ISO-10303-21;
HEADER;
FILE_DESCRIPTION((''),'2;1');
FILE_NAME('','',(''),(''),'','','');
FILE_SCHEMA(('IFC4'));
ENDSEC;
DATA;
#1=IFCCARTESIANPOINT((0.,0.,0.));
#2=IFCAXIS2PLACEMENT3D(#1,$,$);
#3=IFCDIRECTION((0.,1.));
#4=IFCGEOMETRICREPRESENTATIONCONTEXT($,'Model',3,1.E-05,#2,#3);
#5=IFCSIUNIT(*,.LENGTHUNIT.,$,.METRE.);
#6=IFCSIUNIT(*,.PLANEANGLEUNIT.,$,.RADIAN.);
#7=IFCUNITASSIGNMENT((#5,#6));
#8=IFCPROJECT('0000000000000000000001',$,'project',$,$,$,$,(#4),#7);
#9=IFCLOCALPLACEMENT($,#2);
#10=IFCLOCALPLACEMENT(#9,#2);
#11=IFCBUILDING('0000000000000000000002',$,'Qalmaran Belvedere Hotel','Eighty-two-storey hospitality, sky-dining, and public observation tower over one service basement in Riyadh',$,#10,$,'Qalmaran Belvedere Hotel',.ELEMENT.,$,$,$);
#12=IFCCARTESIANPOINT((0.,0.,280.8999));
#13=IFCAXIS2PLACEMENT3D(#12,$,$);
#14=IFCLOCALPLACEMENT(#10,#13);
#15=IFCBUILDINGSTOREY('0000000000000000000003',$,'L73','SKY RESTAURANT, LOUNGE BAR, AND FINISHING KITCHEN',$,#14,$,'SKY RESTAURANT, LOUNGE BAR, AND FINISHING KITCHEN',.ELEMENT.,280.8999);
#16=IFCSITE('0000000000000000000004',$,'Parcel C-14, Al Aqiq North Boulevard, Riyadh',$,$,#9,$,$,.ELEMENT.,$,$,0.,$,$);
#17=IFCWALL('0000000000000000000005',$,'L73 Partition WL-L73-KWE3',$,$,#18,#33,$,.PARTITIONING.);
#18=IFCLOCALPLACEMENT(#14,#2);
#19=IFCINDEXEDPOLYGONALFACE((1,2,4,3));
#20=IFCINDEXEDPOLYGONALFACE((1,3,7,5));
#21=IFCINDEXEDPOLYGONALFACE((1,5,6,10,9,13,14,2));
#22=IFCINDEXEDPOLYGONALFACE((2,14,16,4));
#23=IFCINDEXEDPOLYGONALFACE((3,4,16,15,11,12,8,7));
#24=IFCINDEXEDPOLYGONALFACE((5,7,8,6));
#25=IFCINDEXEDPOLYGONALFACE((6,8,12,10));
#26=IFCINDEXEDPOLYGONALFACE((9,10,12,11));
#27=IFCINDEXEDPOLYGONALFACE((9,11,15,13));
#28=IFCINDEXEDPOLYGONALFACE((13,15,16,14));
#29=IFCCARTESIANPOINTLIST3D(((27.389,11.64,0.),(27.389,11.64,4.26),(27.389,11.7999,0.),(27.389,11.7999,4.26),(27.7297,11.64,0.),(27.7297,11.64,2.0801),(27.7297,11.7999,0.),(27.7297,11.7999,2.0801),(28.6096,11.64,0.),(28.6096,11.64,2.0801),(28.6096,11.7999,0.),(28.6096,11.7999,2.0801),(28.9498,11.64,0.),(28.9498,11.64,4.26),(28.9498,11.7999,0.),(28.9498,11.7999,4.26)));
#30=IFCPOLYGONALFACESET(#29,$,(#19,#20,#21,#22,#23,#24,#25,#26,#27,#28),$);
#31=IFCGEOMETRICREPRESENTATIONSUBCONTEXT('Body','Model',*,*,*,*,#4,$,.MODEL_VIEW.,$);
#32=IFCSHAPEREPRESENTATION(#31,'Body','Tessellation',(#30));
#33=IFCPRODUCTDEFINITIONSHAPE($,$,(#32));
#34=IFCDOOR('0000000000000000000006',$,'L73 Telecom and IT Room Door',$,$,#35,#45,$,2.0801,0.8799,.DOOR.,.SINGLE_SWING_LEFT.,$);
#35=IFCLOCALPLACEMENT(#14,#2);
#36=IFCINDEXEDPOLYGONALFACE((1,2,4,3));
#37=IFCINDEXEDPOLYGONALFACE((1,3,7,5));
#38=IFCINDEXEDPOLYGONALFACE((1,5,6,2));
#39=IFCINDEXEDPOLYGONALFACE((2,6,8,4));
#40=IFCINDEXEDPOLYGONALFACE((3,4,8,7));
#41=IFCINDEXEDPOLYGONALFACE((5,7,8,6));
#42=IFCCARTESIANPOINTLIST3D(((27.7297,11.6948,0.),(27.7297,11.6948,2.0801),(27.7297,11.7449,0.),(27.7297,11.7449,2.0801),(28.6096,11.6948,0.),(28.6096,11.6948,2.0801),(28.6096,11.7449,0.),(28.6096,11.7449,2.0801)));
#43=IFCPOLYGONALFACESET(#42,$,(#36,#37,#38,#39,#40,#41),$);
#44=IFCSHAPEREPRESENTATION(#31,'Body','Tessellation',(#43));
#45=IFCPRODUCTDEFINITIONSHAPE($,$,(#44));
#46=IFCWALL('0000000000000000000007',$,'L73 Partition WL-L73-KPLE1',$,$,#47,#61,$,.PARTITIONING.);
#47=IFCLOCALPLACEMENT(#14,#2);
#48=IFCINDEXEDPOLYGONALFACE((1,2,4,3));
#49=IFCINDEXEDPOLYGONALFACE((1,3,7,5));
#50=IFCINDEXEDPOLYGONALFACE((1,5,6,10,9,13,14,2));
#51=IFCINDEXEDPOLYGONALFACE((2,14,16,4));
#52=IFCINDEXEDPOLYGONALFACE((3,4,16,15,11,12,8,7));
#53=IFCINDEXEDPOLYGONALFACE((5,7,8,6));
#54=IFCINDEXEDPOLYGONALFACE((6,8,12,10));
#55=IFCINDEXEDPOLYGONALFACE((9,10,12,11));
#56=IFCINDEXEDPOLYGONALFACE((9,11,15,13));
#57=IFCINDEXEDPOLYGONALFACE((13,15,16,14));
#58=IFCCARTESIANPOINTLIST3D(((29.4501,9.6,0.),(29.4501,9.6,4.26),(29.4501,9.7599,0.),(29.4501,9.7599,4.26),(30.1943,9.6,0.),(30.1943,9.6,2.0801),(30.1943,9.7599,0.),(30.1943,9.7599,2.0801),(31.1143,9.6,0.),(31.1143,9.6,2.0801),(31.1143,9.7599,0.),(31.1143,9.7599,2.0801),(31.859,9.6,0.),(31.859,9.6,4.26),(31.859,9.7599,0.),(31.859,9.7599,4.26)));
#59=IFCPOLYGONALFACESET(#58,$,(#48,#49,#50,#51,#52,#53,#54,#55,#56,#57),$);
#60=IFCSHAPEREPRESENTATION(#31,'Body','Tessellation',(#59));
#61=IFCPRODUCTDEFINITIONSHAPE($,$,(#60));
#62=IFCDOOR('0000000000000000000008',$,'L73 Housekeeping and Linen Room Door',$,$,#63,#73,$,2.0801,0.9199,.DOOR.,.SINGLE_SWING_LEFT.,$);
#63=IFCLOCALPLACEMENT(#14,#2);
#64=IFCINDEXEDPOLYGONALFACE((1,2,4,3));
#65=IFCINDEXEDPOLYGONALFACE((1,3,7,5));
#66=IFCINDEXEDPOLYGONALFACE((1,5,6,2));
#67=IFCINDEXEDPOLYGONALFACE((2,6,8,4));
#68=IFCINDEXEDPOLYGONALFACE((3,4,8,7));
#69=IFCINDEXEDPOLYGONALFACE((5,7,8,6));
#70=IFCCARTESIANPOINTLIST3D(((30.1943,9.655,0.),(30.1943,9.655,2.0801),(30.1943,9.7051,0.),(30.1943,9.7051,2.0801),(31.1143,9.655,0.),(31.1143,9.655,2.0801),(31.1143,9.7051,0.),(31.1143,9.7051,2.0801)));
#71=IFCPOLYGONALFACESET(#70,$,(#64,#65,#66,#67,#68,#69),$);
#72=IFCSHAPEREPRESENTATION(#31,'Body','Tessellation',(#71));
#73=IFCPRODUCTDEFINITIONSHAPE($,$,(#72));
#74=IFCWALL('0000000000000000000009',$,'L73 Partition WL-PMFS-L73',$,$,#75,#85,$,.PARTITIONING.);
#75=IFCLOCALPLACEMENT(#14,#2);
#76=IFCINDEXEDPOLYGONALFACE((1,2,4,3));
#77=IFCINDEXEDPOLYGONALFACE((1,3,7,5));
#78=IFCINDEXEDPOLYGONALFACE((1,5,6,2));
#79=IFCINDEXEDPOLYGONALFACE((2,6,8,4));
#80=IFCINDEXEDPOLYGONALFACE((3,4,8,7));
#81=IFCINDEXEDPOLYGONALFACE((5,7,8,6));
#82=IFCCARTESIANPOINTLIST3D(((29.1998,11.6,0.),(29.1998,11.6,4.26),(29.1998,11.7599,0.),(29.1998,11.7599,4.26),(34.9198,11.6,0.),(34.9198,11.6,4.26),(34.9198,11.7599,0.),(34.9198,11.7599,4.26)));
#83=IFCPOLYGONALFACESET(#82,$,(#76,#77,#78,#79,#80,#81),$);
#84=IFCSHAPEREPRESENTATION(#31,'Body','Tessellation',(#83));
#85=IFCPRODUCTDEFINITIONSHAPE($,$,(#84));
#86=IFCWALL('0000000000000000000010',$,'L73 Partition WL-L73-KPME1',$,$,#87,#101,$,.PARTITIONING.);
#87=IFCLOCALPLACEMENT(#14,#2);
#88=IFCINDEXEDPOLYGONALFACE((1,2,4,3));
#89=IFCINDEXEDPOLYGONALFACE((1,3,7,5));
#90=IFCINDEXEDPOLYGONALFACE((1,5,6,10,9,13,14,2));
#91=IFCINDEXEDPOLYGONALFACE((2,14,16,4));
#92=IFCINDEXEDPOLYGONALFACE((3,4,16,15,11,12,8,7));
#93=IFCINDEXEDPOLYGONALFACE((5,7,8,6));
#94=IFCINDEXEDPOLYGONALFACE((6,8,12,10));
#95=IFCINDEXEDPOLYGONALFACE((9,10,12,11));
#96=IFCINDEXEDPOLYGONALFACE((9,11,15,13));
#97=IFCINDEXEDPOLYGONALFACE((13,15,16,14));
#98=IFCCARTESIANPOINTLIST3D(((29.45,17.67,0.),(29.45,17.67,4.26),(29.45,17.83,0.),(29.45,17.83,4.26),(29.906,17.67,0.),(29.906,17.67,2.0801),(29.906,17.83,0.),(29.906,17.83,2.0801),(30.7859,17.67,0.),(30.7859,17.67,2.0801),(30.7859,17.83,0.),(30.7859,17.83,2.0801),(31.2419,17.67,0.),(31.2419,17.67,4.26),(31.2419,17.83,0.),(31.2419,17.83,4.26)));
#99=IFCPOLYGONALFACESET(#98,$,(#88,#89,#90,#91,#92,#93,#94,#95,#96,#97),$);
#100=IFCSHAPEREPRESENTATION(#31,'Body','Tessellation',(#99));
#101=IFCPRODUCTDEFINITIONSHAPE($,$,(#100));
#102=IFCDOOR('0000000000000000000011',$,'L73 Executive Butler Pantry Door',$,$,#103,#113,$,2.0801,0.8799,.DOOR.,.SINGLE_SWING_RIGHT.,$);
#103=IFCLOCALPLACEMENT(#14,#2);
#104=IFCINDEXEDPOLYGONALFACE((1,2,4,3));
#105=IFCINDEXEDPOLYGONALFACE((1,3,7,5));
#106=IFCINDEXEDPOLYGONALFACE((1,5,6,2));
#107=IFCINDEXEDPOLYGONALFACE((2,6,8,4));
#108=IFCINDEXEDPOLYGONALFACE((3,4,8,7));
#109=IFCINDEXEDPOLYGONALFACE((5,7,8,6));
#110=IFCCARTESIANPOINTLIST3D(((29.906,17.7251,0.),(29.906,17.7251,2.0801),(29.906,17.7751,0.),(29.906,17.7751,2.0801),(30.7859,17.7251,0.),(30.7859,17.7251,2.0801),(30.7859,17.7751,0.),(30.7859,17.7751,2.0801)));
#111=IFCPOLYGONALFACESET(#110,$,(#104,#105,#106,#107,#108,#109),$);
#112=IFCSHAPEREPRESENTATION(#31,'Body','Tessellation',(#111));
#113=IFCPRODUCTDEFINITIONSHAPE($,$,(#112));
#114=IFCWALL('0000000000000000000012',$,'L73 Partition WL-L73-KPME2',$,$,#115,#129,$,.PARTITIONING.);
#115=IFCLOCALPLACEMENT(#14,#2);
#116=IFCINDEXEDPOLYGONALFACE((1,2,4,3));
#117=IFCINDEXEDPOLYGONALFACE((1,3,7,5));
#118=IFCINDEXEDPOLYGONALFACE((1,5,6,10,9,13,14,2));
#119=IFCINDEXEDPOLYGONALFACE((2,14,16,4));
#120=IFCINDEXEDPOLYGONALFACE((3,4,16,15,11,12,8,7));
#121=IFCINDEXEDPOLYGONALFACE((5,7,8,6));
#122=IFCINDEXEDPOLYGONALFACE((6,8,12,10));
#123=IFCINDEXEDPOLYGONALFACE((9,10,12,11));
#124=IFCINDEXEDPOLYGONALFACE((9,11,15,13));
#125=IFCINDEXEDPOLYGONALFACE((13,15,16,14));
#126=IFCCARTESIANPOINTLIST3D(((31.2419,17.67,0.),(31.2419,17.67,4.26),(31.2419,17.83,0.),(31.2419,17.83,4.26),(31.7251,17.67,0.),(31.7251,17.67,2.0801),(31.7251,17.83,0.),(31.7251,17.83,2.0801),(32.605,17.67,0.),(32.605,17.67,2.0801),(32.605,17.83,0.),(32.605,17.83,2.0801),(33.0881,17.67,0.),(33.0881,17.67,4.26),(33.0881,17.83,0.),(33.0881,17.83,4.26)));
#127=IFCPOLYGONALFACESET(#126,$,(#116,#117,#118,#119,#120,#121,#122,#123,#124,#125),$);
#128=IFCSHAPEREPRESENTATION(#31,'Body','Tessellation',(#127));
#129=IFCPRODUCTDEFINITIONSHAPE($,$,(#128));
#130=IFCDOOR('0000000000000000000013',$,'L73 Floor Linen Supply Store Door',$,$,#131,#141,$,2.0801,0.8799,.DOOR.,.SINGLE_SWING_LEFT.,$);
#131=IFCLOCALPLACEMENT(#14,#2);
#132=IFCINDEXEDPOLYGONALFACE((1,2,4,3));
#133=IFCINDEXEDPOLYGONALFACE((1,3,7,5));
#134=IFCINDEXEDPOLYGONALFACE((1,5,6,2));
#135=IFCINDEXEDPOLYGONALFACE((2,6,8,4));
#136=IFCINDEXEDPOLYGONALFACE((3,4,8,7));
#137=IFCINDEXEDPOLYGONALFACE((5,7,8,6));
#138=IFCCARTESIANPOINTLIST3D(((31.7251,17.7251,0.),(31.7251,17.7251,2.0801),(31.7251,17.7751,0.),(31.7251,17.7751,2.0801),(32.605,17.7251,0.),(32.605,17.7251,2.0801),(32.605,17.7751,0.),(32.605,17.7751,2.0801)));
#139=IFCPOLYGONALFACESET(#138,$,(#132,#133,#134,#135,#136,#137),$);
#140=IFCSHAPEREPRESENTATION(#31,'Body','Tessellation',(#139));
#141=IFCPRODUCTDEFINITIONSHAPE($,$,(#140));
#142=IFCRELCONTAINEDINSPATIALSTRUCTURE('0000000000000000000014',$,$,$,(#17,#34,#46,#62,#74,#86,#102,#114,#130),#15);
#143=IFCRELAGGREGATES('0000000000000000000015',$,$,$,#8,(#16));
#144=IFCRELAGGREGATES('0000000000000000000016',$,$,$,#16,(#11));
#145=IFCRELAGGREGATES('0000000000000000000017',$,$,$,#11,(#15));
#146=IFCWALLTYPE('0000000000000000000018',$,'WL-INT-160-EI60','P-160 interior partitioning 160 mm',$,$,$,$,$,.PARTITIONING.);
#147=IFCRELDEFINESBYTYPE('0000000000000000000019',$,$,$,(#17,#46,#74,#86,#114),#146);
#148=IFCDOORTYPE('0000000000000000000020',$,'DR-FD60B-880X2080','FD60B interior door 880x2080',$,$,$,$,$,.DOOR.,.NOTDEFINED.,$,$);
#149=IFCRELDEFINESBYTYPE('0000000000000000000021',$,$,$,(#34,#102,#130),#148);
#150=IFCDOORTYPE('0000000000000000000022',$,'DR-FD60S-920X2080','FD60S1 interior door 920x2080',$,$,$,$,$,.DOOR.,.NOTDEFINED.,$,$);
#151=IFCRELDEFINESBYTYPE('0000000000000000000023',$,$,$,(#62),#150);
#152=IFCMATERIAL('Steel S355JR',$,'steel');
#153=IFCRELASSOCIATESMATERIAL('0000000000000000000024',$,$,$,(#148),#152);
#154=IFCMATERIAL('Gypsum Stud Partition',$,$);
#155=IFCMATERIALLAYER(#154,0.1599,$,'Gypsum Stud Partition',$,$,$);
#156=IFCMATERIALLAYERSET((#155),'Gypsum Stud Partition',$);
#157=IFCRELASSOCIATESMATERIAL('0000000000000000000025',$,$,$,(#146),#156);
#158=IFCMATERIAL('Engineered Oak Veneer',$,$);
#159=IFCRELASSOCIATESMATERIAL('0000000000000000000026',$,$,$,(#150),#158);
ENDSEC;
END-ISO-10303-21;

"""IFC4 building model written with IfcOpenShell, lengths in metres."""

from ifc_helpers import new_model, si_unit, direction, frame, frame_2d, origin, place, context, subcontext, project, spatial, rectangle, extrude, material, layer, layer_set, type_object, element, fill, save


model = new_model("IFC4")

# Units and contexts
model_context = context("Model", 3, precision=1e-05, world=origin(), true_north=direction((0.0, 1.0)))
body_context = subcontext(model_context, "Body", "Model", "MODEL_VIEW")
ifc_project = project(units=[si_unit("LENGTHUNIT", "METRE"), si_unit("PLANEANGLEUNIT", "RADIAN")], contexts=[model_context])

# Site, building, storey
site_placement = place(None, origin())
site = spatial("IfcSite", under=ifc_project, at=site_placement, Name="Parcel C-14, Al Aqiq North Boulevard, Riyadh", CompositionType="ELEMENT", RefElevation=0.0)
building_placement = place(site_placement, origin())
building = spatial("IfcBuilding", under=site, at=building_placement, Name="Qalmaran Belvedere Hotel", Description="Eighty-two-storey hospitality, sky-dining, and public observation tower over one service basement in Riyadh", LongName="Qalmaran Belvedere Hotel", CompositionType="ELEMENT")
storey_placement = place(building_placement, frame((0.0, 0.0, 280.8999)))
storey = spatial("IfcBuildingStorey", under=building, at=storey_placement, Name="L73", Description="SKY RESTAURANT, LOUNGE BAR, AND FINISHING KITCHEN", LongName="SKY RESTAURANT, LOUNGE BAR, AND FINISHING KITCHEN", CompositionType="ELEMENT", Elevation=280.8999)

# Shared definitions
ifc_material_1 = material(Name="Steel S355JR", Category="steel")

# Shared definitions
ifc_material_2 = material(Name="Gypsum Stud Partition")

# Walls, openings, doors
door_type_1 = type_object("IfcDoorType", Name="DR-FD60B-880X2080", Description="FD60B interior door 880x2080", OperationType="NOTDEFINED", PredefinedType="DOOR", material=ifc_material_1)
ifc_layer_1 = layer(ifc_material_2, 0.1599, Name="Gypsum Stud Partition")
ifc_layer_set_1 = layer_set([ifc_layer_1], Name="Gypsum Stud Partition")
wall_type_1 = type_object("IfcWallType", Name="WL-INT-160-EI60", Description="P-160 interior partitioning 160 mm", PredefinedType="PARTITIONING", material=ifc_layer_set_1)
wall_1_placement = place(storey_placement, frame((27.3892, 11.72, 0.0), z_axis=(0.0, 0.0, 1.0), x_axis=(1.0, 0.0, 0.0)))
wall_1 = element("IfcWall", 1, at=wall_1_placement, inside=storey, type_object=wall_type_1, Name="L73 Partition WL-L73-KWE3", PredefinedType="PARTITIONING", context=body_context, shape_type="SweptSolid", body=[
    extrude(rectangle(XDim=1.5608, YDim=0.1599, at=frame_2d((0.7803, 0.0))), origin(), (0.0, 0.0, 1.0), 4.26),
])
opening_1_placement = place(wall_1_placement, frame((0.3406, 0.0, 0.0)))
opening_1 = element("IfcOpeningElement", 2, at=opening_1_placement, cuts=wall_1, PredefinedType="OPENING", context=body_context, shape_type="SweptSolid", body=[
    extrude(rectangle(XDim=0.8799, YDim=2.0801, at=frame_2d((0.4399, 1.04))), frame((0.0, 0.0898, 0.0), z_axis=(0.0, -1.0, 0.0), x_axis=(1.0, 0.0, 0.0)), (0.0, 0.0, 1.0), 0.1799),
])
door_1_placement = place(opening_1_placement, origin())
door_1 = element("IfcDoor", 3, at=door_1_placement, inside=storey, type_object=door_type_1, Name="L73 Telecom and IT Room Door", OperationType="SINGLE_SWING_LEFT", OverallHeight=2.0801, OverallWidth=0.8799, PredefinedType="DOOR", context=body_context, shape_type="SweptSolid", body=[
    extrude(rectangle(XDim=0.8799, YDim=2.0801, at=frame_2d((0.4399, 1.04))), frame((0.0, 0.0249, 0.0), z_axis=(0.0, -1.0, 0.0), x_axis=(1.0, 0.0, 0.0)), (0.0, 0.0, 1.0), 0.05),
])
fill(opening_1, door_1)
wall_2_placement = place(storey_placement, frame((29.45, 9.6799, 0.0), z_axis=(0.0, 0.0, 1.0), x_axis=(1.0, 0.0, 0.0)))
wall_2 = element("IfcWall", 4, at=wall_2_placement, inside=storey, type_object=wall_type_1, Name="L73 Partition WL-L73-KPLE1", PredefinedType="PARTITIONING", context=body_context, shape_type="SweptSolid", body=[
    extrude(rectangle(XDim=2.4089, YDim=0.1599, at=frame_2d((1.2046, 0.0))), origin(), (0.0, 0.0, 1.0), 4.26),
])
opening_2_placement = place(wall_2_placement, frame((1.6643, 0.0, 0.0), z_axis=(0.0, 0.0, 1.0), x_axis=(-1.0, 0.0, 0.0)))
opening_2 = element("IfcOpeningElement", 5, at=opening_2_placement, cuts=wall_2, PredefinedType="OPENING", context=body_context, shape_type="SweptSolid", body=[
    extrude(rectangle(XDim=0.9199, YDim=2.0801, at=frame_2d((0.46, 1.04))), frame((0.0, 0.0898, 0.0), z_axis=(0.0, -1.0, 0.0), x_axis=(1.0, 0.0, 0.0)), (0.0, 0.0, 1.0), 0.1799),
])
ifc_material_3 = material(Name="Engineered Oak Veneer")
door_type_2 = type_object("IfcDoorType", Name="DR-FD60S-920X2080", Description="FD60S1 interior door 920x2080", OperationType="NOTDEFINED", PredefinedType="DOOR", material=ifc_material_3)
door_2_placement = place(opening_2_placement, origin())
door_2 = element("IfcDoor", 6, at=door_2_placement, inside=storey, type_object=door_type_2, Name="L73 Housekeeping and Linen Room Door", OperationType="SINGLE_SWING_LEFT", OverallHeight=2.0801, OverallWidth=0.9199, PredefinedType="DOOR", context=body_context, shape_type="SweptSolid", body=[
    extrude(rectangle(XDim=0.9199, YDim=2.0801, at=frame_2d((0.46, 1.04))), frame((0.0, 0.0249, 0.0), z_axis=(0.0, -1.0, 0.0), x_axis=(1.0, 0.0, 0.0)), (0.0, 0.0, 1.0), 0.05),
])
fill(opening_2, door_2)

# Wall
wall_3_placement = place(storey_placement, frame((29.2, 11.6799, 0.0), z_axis=(0.0, 0.0, 1.0), x_axis=(1.0, 0.0, 0.0)))
element("IfcWall", 7, at=wall_3_placement, inside=storey, type_object=wall_type_1, Name="L73 Partition WL-PMFS-L73", PredefinedType="PARTITIONING", context=body_context, shape_type="SweptSolid", body=[
    extrude(rectangle(XDim=5.72, YDim=0.1599, at=frame_2d((2.8599, 0.0))), origin(), (0.0, 0.0, 1.0), 4.26),
])

# Walls, openings, doors
wall_4_placement = place(storey_placement, frame((29.45, 17.75, 0.0), z_axis=(0.0, 0.0, 1.0), x_axis=(1.0, 0.0, 0.0)))
wall_4 = element("IfcWall", 8, at=wall_4_placement, inside=storey, type_object=wall_type_1, Name="L73 Partition WL-L73-KPME1", PredefinedType="PARTITIONING", context=body_context, shape_type="SweptSolid", body=[
    extrude(rectangle(XDim=1.792, YDim=0.1599, at=frame_2d((0.896, 0.0))), origin(), (0.0, 0.0, 1.0), 4.26),
])
opening_3_placement = place(wall_4_placement, frame((1.3359, 0.0, 0.0), z_axis=(0.0, 0.0, 1.0), x_axis=(-1.0, 0.0, 0.0)))
opening_3 = element("IfcOpeningElement", 9, at=opening_3_placement, cuts=wall_4, PredefinedType="OPENING", context=body_context, shape_type="SweptSolid", body=[
    extrude(rectangle(XDim=0.8799, YDim=2.0801, at=frame_2d((0.4399, 1.04))), frame((0.0, 0.0898, 0.0), z_axis=(0.0, -1.0, 0.0), x_axis=(1.0, 0.0, 0.0)), (0.0, 0.0, 1.0), 0.1799),
])
door_3_placement = place(opening_3_placement, origin())
door_3 = element("IfcDoor", 10, at=door_3_placement, inside=storey, type_object=door_type_1, Name="L73 Executive Butler Pantry Door", OperationType="SINGLE_SWING_RIGHT", OverallHeight=2.0801, OverallWidth=0.8799, PredefinedType="DOOR", context=body_context, shape_type="SweptSolid", body=[
    extrude(rectangle(XDim=0.8799, YDim=2.0801, at=frame_2d((0.4399, 1.04))), frame((0.0, 0.0249, 0.0), z_axis=(0.0, -1.0, 0.0), x_axis=(1.0, 0.0, 0.0)), (0.0, 0.0, 1.0), 0.05),
])
fill(opening_3, door_3)
wall_5_placement = place(storey_placement, frame((31.2419, 17.75, 0.0), z_axis=(0.0, 0.0, 1.0), x_axis=(1.0, 0.0, 0.0)))
wall_5 = element("IfcWall", 11, at=wall_5_placement, inside=storey, type_object=wall_type_1, Name="L73 Partition WL-L73-KPME2", PredefinedType="PARTITIONING", context=body_context, shape_type="SweptSolid", body=[
    extrude(rectangle(XDim=1.8462, YDim=0.1599, at=frame_2d((0.9231, 0.0))), origin(), (0.0, 0.0, 1.0), 4.26),
])
opening_4_placement = place(wall_5_placement, frame((1.363, 0.0, 0.0), z_axis=(0.0, 0.0, 1.0), x_axis=(-1.0, 0.0, 0.0)))
opening_4 = element("IfcOpeningElement", 12, at=opening_4_placement, cuts=wall_5, PredefinedType="OPENING", context=body_context, shape_type="SweptSolid", body=[
    extrude(rectangle(XDim=0.8799, YDim=2.0801, at=frame_2d((0.4399, 1.04))), frame((0.0, 0.0898, 0.0), z_axis=(0.0, -1.0, 0.0), x_axis=(1.0, 0.0, 0.0)), (0.0, 0.0, 1.0), 0.1799),
])
door_4_placement = place(opening_4_placement, origin())
door_4 = element("IfcDoor", 13, at=door_4_placement, inside=storey, type_object=door_type_1, Name="L73 Floor Linen Supply Store Door", OperationType="SINGLE_SWING_LEFT", OverallHeight=2.0801, OverallWidth=0.8799, PredefinedType="DOOR", context=body_context, shape_type="SweptSolid", body=[
    extrude(rectangle(XDim=0.8799, YDim=2.0801, at=frame_2d((0.4399, 1.04))), frame((0.0, 0.0249, 0.0), z_axis=(0.0, -1.0, 0.0), x_axis=(1.0, 0.0, 0.0)), (0.0, 0.0, 1.0), 0.05),
])
fill(opening_4, door_4)

save(model, "model.ifc")
